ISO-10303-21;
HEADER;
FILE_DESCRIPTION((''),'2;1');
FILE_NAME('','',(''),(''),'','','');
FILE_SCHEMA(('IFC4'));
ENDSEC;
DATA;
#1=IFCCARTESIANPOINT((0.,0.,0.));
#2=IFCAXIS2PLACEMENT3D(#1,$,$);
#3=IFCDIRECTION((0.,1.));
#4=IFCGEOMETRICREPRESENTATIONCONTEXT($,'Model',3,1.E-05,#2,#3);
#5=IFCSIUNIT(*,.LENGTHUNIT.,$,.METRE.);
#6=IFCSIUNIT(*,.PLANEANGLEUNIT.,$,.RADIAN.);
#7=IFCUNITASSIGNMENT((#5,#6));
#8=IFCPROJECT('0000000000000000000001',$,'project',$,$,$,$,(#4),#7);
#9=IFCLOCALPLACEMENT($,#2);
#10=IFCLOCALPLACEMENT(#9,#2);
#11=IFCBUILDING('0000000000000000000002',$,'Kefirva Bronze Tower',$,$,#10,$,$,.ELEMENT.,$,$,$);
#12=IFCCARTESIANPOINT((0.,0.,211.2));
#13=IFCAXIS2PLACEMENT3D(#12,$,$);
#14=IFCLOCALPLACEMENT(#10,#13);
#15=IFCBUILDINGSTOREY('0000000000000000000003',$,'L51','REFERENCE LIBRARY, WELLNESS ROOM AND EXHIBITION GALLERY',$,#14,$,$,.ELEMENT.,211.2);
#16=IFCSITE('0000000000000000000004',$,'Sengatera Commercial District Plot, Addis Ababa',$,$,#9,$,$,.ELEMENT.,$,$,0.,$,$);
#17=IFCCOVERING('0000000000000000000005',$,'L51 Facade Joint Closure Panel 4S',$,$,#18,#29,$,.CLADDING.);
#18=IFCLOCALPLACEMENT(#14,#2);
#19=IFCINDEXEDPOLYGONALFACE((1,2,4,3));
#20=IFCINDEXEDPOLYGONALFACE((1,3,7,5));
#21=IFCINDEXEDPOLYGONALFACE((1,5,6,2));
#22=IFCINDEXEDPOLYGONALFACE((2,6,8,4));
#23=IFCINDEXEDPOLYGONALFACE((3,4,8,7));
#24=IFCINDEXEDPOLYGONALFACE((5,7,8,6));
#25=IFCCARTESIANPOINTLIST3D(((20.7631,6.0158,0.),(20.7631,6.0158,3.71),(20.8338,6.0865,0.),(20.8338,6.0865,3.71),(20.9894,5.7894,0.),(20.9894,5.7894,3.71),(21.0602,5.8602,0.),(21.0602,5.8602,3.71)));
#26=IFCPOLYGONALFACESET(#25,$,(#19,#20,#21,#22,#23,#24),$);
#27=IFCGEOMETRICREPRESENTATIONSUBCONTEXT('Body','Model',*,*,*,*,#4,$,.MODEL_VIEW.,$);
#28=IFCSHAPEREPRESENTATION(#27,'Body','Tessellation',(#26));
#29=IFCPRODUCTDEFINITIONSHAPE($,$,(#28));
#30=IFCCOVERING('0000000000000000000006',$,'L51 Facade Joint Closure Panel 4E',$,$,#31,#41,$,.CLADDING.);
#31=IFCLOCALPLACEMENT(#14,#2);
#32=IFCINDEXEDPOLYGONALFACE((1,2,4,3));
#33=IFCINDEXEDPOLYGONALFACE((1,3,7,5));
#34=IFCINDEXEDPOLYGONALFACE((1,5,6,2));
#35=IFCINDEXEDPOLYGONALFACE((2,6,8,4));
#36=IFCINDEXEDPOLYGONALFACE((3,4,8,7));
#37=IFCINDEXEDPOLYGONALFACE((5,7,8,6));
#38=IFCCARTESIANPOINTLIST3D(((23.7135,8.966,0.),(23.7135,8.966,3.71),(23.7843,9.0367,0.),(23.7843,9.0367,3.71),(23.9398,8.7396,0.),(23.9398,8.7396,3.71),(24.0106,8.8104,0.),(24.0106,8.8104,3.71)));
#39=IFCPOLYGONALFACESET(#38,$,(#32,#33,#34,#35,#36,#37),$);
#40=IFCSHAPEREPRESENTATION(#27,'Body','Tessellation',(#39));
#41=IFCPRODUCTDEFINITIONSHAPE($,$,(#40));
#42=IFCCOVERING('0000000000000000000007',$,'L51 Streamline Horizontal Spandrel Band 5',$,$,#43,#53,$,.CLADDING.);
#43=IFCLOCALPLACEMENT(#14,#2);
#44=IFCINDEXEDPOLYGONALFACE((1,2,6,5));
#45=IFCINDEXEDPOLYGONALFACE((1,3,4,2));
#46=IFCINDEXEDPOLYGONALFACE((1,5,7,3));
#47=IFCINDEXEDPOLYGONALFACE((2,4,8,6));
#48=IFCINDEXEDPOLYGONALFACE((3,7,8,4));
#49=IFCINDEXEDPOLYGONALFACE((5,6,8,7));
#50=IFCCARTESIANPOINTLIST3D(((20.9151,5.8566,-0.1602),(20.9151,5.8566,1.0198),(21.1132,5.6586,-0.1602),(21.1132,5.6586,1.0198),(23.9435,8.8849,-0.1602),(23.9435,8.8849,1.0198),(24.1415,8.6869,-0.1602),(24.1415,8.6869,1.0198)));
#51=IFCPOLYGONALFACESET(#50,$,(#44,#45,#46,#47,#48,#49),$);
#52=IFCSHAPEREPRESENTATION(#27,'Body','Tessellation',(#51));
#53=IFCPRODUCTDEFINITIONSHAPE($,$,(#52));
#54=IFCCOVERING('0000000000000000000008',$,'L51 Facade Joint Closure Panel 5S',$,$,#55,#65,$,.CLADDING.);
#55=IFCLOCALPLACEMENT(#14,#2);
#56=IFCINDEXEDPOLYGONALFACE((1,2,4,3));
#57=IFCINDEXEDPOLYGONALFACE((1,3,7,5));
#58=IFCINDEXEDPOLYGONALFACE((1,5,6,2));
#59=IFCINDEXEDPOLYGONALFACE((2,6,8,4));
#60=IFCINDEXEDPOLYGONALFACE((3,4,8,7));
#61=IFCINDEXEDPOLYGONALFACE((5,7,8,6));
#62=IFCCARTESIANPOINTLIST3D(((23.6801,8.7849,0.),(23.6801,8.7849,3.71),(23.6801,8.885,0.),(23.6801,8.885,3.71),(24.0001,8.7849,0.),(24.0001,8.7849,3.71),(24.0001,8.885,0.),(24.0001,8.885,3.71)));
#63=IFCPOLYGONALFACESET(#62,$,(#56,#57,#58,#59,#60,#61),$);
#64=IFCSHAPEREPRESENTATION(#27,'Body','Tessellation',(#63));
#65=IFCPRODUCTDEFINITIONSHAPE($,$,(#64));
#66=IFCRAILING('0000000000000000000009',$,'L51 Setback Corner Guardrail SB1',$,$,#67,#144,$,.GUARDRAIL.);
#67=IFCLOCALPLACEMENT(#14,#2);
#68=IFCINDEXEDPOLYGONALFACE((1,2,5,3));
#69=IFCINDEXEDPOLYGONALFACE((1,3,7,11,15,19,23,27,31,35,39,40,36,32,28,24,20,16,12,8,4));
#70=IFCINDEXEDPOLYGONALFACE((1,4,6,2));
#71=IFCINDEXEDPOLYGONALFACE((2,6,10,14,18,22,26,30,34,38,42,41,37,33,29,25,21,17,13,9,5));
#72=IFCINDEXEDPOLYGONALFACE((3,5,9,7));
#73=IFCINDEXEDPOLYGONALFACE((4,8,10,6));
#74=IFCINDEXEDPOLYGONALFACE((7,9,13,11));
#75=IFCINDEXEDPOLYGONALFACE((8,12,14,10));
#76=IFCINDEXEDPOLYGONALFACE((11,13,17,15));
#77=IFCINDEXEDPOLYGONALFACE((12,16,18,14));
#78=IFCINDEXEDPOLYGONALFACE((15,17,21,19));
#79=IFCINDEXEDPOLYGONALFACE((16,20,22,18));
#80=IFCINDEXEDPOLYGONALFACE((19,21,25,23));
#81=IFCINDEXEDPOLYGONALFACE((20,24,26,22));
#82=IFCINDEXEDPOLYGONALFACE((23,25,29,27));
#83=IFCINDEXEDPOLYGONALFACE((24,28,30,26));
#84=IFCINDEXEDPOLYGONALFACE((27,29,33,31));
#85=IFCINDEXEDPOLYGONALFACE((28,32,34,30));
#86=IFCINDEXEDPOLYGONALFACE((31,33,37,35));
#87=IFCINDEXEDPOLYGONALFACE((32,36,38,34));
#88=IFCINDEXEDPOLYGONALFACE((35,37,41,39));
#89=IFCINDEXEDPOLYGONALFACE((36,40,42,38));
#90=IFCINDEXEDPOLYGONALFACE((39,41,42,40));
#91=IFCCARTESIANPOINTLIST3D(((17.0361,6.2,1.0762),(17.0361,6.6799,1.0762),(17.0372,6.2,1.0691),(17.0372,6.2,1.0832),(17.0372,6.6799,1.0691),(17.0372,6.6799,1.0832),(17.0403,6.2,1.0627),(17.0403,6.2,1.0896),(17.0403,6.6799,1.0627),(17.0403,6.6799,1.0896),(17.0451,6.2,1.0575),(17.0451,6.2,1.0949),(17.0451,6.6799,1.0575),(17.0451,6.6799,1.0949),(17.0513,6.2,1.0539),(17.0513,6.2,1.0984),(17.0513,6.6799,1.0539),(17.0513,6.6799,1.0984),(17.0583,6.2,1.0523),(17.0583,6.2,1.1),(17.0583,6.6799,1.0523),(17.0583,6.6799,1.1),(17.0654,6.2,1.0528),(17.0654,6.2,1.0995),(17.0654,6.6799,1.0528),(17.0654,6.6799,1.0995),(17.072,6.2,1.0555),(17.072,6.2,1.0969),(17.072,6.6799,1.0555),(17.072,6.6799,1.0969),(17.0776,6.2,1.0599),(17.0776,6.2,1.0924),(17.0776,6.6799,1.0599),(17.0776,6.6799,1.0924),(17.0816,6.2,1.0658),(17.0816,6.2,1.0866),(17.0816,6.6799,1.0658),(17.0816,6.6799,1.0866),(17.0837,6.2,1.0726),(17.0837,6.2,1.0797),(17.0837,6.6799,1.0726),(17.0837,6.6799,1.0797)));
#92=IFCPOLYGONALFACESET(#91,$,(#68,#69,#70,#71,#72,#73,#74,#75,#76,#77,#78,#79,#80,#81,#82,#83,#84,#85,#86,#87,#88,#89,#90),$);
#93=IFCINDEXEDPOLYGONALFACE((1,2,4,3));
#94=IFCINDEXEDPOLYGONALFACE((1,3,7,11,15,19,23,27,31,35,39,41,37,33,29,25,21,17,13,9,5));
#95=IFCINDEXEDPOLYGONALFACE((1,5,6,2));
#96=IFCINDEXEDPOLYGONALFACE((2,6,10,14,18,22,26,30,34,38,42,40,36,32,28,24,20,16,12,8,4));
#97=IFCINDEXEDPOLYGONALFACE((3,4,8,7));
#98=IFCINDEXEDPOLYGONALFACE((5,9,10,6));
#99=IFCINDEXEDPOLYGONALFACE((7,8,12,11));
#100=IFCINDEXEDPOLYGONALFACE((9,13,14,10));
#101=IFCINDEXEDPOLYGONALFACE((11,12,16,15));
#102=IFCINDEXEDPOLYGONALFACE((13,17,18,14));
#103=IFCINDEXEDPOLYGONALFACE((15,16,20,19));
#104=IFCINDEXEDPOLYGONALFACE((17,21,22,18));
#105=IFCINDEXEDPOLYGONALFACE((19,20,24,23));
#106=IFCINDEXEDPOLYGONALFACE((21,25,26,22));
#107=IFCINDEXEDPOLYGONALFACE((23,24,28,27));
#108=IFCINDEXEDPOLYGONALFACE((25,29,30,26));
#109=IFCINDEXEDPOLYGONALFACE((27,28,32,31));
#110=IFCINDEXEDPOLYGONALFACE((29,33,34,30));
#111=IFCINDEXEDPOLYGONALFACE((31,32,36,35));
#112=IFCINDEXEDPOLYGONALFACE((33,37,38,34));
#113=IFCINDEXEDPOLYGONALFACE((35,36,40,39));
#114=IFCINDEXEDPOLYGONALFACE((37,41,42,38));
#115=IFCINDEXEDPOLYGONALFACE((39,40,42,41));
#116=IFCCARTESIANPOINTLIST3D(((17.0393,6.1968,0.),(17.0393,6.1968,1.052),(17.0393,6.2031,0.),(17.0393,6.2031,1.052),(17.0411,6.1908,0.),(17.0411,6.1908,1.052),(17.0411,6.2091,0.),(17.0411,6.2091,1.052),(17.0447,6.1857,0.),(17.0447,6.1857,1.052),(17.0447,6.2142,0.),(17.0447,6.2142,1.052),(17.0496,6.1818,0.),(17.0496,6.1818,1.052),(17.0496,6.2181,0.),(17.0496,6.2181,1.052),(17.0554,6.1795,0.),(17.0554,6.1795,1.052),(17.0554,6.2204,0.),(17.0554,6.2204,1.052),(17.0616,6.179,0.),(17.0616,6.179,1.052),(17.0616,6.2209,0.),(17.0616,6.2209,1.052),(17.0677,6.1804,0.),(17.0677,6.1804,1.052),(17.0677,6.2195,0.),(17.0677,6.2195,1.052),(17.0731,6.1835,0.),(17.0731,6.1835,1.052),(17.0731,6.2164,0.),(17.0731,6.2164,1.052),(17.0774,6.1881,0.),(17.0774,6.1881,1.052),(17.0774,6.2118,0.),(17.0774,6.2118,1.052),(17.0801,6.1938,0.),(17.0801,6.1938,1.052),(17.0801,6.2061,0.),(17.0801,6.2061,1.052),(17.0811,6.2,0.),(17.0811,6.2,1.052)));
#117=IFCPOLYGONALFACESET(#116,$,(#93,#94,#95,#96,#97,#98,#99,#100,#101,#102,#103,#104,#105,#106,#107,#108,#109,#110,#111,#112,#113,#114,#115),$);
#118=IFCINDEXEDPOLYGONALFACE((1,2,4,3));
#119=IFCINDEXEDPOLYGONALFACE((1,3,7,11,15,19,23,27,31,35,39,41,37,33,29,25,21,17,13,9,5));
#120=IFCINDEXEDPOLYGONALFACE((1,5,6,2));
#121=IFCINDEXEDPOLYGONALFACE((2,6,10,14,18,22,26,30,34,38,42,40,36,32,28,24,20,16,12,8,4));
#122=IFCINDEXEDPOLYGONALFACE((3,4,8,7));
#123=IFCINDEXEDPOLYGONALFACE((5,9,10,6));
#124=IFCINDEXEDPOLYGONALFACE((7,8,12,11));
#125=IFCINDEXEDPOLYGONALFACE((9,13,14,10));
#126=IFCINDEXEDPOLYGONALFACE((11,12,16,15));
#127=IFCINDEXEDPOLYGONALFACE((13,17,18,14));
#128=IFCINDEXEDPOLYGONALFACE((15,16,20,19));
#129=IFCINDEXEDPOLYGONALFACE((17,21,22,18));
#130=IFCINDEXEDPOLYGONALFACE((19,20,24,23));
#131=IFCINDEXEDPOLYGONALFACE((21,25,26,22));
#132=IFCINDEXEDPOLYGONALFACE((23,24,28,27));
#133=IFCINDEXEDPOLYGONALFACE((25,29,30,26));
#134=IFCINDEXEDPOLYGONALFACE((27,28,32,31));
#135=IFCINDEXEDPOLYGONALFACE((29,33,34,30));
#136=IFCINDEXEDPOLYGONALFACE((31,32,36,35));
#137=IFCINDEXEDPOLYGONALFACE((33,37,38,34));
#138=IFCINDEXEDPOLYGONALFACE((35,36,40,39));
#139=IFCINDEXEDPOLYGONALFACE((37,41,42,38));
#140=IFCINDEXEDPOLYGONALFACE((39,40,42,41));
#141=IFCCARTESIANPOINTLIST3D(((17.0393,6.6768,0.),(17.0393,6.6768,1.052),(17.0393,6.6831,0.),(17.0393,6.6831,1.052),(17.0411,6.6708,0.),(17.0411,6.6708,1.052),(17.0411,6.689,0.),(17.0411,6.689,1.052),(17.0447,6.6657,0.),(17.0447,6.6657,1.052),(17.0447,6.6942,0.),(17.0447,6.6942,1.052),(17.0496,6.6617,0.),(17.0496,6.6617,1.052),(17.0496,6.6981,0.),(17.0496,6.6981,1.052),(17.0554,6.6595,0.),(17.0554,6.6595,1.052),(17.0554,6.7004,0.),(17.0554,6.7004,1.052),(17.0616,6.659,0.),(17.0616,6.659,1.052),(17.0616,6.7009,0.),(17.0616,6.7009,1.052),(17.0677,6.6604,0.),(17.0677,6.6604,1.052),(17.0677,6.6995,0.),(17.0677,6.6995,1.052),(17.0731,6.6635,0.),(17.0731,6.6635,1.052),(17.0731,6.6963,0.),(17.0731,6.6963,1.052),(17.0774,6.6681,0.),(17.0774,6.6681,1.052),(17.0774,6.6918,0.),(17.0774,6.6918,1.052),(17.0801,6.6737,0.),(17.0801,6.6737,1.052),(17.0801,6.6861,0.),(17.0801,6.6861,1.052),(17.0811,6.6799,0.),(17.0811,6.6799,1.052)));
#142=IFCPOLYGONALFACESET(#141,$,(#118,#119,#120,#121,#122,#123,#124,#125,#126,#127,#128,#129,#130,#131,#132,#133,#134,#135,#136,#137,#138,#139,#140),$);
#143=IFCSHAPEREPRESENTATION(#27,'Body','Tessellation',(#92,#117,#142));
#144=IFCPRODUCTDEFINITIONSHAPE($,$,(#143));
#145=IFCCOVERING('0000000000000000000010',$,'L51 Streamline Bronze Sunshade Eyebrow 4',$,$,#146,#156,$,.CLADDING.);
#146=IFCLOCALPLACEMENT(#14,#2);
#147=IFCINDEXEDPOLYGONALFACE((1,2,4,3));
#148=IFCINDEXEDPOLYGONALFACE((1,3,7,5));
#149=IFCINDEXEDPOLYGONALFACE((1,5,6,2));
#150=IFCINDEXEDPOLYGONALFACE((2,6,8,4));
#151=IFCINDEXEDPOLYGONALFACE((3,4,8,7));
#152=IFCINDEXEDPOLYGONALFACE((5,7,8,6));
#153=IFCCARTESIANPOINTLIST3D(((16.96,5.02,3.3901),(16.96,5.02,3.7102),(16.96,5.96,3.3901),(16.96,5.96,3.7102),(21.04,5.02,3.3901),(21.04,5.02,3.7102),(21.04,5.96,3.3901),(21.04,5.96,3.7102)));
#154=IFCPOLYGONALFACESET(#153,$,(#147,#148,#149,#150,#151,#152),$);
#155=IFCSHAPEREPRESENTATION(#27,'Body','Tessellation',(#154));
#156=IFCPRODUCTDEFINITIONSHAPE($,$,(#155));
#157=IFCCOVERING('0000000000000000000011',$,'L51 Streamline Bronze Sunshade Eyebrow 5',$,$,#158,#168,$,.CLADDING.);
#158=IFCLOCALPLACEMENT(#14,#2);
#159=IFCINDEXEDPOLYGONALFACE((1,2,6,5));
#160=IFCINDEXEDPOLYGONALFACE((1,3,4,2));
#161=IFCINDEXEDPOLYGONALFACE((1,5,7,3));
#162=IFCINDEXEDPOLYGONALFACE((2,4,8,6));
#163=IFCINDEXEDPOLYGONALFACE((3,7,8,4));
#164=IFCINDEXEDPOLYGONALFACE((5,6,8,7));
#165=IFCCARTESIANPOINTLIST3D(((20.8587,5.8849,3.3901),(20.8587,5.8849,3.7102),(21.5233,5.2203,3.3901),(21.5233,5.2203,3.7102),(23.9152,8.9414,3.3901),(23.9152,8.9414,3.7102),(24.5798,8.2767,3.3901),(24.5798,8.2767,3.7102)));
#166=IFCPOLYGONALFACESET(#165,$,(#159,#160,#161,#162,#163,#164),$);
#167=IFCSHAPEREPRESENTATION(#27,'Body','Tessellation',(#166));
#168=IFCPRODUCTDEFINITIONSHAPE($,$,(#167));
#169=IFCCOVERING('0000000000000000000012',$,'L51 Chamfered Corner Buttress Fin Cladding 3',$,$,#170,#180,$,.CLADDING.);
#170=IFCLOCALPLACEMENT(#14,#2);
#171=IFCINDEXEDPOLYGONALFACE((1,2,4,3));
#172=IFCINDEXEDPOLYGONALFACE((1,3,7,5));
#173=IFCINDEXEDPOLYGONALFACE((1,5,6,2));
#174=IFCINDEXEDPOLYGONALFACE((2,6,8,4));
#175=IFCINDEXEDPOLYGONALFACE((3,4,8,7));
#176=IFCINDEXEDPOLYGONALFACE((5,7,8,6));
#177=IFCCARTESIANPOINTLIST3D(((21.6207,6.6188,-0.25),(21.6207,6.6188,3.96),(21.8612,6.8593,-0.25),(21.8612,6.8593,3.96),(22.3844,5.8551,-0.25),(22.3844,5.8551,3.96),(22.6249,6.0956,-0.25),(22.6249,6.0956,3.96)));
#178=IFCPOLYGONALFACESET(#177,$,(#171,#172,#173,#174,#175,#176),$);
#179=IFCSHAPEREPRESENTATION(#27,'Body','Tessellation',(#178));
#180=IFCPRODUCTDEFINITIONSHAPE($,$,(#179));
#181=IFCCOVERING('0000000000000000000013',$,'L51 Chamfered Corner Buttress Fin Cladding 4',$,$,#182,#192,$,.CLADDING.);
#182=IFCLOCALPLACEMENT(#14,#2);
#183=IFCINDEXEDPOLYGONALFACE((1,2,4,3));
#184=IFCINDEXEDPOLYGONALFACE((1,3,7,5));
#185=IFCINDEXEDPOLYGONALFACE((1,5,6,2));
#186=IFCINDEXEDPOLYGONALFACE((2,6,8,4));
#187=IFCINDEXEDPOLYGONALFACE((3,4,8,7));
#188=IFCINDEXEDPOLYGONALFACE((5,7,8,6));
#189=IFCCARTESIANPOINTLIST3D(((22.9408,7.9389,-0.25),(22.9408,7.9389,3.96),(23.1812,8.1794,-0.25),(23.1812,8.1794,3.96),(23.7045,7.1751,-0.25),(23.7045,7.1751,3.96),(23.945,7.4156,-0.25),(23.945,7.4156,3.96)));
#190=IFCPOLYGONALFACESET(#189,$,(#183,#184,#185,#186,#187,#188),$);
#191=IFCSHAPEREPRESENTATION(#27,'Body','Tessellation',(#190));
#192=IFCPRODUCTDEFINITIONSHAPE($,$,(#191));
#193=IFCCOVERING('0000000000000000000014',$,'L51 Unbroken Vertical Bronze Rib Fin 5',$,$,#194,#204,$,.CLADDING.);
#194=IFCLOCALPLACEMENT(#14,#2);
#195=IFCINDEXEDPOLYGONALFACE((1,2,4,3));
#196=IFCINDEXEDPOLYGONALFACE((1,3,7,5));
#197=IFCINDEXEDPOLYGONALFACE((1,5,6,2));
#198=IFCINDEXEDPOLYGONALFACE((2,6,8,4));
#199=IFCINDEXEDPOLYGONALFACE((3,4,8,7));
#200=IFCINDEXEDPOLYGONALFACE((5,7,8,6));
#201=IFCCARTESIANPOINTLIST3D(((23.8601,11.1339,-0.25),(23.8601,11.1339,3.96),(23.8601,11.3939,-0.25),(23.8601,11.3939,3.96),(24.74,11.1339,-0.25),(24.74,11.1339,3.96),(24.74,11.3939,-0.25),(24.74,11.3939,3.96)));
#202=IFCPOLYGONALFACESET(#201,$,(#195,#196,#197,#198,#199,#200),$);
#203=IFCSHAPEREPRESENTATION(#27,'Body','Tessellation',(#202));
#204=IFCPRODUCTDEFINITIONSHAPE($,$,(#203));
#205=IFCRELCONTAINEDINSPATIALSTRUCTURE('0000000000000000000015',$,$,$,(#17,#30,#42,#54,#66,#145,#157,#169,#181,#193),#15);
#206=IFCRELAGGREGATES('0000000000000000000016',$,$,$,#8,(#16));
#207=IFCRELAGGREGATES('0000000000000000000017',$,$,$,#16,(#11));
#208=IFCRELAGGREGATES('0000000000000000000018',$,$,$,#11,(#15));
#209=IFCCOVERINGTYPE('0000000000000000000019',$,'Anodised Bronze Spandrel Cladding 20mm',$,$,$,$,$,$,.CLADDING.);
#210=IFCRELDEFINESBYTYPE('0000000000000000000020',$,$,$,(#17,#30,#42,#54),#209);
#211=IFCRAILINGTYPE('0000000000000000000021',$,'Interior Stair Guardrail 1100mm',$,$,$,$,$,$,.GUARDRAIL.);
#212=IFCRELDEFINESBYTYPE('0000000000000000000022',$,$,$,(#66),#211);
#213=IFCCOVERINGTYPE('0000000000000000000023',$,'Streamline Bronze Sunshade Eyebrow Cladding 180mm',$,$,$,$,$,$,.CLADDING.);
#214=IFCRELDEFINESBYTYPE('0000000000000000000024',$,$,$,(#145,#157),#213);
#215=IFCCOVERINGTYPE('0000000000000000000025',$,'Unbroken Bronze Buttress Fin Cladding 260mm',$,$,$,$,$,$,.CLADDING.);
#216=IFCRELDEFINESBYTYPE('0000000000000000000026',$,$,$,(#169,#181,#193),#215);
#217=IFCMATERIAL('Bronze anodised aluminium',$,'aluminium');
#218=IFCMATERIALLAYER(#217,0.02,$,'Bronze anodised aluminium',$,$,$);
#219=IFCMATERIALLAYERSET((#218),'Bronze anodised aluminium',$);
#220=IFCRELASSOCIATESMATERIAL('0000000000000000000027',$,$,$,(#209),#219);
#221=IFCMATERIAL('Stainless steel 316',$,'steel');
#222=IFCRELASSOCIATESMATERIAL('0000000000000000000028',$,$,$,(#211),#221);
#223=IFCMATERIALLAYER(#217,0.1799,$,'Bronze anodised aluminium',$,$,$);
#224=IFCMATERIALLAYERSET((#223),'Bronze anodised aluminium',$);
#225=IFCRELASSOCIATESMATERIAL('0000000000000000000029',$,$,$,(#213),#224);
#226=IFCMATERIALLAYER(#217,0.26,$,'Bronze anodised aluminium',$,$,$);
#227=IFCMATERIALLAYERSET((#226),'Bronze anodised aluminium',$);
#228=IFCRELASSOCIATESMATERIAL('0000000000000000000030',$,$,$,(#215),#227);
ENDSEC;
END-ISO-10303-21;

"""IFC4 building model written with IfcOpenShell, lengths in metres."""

from ifc_helpers import new_model, si_unit, direction, frame, origin, origin_2d, place, context, subcontext, project, spatial, rectangle, circle, extrude, material, layer, layer_set, type_object, element, save


model = new_model("IFC4")

# Units and contexts
model_context = context("Model", 3, precision=1e-05, world=origin(), true_north=direction((0.0, 1.0)))
body_context = subcontext(model_context, "Body", "Model", "MODEL_VIEW")
ifc_project = project(units=[si_unit("LENGTHUNIT", "METRE"), si_unit("PLANEANGLEUNIT", "RADIAN")], contexts=[model_context])

# Site, building, storey
site_placement = place(None, origin())
site = spatial("IfcSite", under=ifc_project, at=site_placement, Name="Sengatera Commercial District Plot, Addis Ababa", CompositionType="ELEMENT", RefElevation=0.0)
building_placement = place(site_placement, origin())
building = spatial("IfcBuilding", under=site, at=building_placement, Name="Kefirva Bronze Tower", CompositionType="ELEMENT")
storey_placement = place(building_placement, frame((0.0, 0.0, 211.2)))
storey = spatial("IfcBuildingStorey", under=building, at=storey_placement, Name="L51", Description="REFERENCE LIBRARY, WELLNESS ROOM AND EXHIBITION GALLERY", CompositionType="ELEMENT", Elevation=211.2)

# Coverings
ifc_material_1 = material(Name="Bronze anodised aluminium", Category="aluminium")
ifc_layer_1 = layer(ifc_material_1, 0.02, Name="Bronze anodised aluminium")
ifc_layer_set_1 = layer_set([ifc_layer_1], Name="Bronze anodised aluminium")
covering_type_1 = type_object("IfcCoveringType", Name="Anodised Bronze Spandrel Cladding 20mm", PredefinedType="CLADDING", material=ifc_layer_set_1)
for number, where, z_axis, x_axis, name in (
    (1, (20.9116, 5.938, 0.0), (0.0, 0.0, 1.0), (0.707107, 0.707107, 0.0), "L51 Facade Joint Closure Panel 4S"),
    (2, (23.8621, 8.8882, 0.0), (0.0, 0.0, 1.0), (0.707107, 0.707107, 0.0), "L51 Facade Joint Closure Panel 4E"),
):
    element("IfcCovering", number, at=place(storey_placement, frame(where, z_axis=z_axis, x_axis=x_axis)), inside=storey, type_object=covering_type_1, Name=name, PredefinedType="CLADDING", context=body_context, shape_type="SweptSolid", body=[
        extrude(rectangle(XDim=0.1001, YDim=0.3201, at=origin_2d()), origin(), (0.0, 0.0, 1.0), 3.71),
    ])
covering_1_placement = place(storey_placement, frame((22.5283, 7.2717, -0.1602), z_axis=(0.0, 0.0, 1.0), x_axis=(0.707107, 0.707107, 0.0)))
element("IfcCovering", 3, at=covering_1_placement, inside=storey, type_object=covering_type_1, Name="L51 Streamline Horizontal Spandrel Band 5", PredefinedType="CLADDING", context=body_context, shape_type="SweptSolid", body=[
    extrude(rectangle(XDim=4.2827, YDim=0.28, at=origin_2d()), origin(), (0.0, 0.0, 1.0), 1.1799),
])
covering_2_placement = place(storey_placement, frame((23.8401, 8.835, 0.0), z_axis=(0.0, 0.0, 1.0), x_axis=(0.0, 1.0, 0.0)))
element("IfcCovering", 4, at=covering_2_placement, inside=storey, type_object=covering_type_1, Name="L51 Facade Joint Closure Panel 5S", PredefinedType="CLADDING", context=body_context, shape_type="SweptSolid", body=[
    extrude(rectangle(XDim=0.1001, YDim=0.3201, at=origin_2d()), origin(), (0.0, 0.0, 1.0), 3.71),
])

# Railing
ifc_material_2 = material(Name="Stainless steel 316", Category="steel")
railing_type = type_object("IfcRailingType", Name="Interior Stair Guardrail 1100mm", PredefinedType="GUARDRAIL", material=ifc_material_2)
railing_placement = place(storey_placement, frame((17.0601, 6.2, 0.0)))
element("IfcRailing", 5, at=railing_placement, inside=storey, type_object=railing_type, Name="L51 Setback Corner Guardrail SB1", PredefinedType="GUARDRAIL", context=body_context, shape_type="SweptSolid", body=[
    extrude(circle(Radius=0.0239, at=origin_2d()), frame((0.0, 0.0, 1.0762), z_axis=(0.0, 1.0, 0.0), x_axis=(-1.0, 0.0, 0.0)), (0.0, 0.0, 1.0), 0.48),
    extrude(circle(Radius=0.021, at=origin_2d()), origin(), (0.0, 0.0, 1.0), 1.052),
    extrude(circle(Radius=0.021, at=origin_2d()), frame((0.0, 0.48, 0.0)), (0.0, 0.0, 1.0), 1.052),
])

# Coverings
ifc_layer_2 = layer(ifc_material_1, 0.1799, Name="Bronze anodised aluminium")
ifc_layer_set_2 = layer_set([ifc_layer_2], Name="Bronze anodised aluminium")
covering_type_2 = type_object("IfcCoveringType", Name="Streamline Bronze Sunshade Eyebrow Cladding 180mm", PredefinedType="CLADDING", material=ifc_layer_set_2)
covering_3_placement = place(storey_placement, frame((19.0, 5.49, 3.3901), z_axis=(0.0, 0.0, 1.0), x_axis=(1.0, 0.0, 0.0)))
element("IfcCovering", 6, at=covering_3_placement, inside=storey, type_object=covering_type_2, Name="L51 Streamline Bronze Sunshade Eyebrow 4", PredefinedType="CLADDING", context=body_context, shape_type="SweptSolid", body=[
    extrude(rectangle(XDim=4.0801, YDim=0.9399, at=origin_2d()), origin(), (0.0, 0.0, 1.0), 0.3201),
])
covering_4_placement = place(storey_placement, frame((22.7192, 7.0808, 3.3901), z_axis=(0.0, 0.0, 1.0), x_axis=(0.707107, 0.707107, 0.0)))
element("IfcCovering", 7, at=covering_4_placement, inside=storey, type_object=covering_type_2, Name="L51 Streamline Bronze Sunshade Eyebrow 5", PredefinedType="CLADDING", context=body_context, shape_type="SweptSolid", body=[
    extrude(rectangle(XDim=4.3225, YDim=0.9399, at=origin_2d()), origin(), (0.0, 0.0, 1.0), 0.3201),
])
ifc_layer_3 = layer(ifc_material_1, 0.26, Name="Bronze anodised aluminium")
ifc_layer_set_3 = layer_set([ifc_layer_3], Name="Bronze anodised aluminium")
covering_type_3 = type_object("IfcCoveringType", Name="Unbroken Bronze Buttress Fin Cladding 260mm", PredefinedType="CLADDING", material=ifc_layer_set_3)
for number, where, z_axis, x_axis, name in (
    (8, (22.1228, 6.3572, -0.25), (0.0, 0.0, 1.0), (0.707107, 0.707107, 0.0), "L51 Chamfered Corner Buttress Fin Cladding 3"),
    (9, (23.4429, 7.6772, -0.25), (0.0, 0.0, 1.0), (0.707107, 0.707107, 0.0), "L51 Chamfered Corner Buttress Fin Cladding 4"),
):
    element("IfcCovering", number, at=place(storey_placement, frame(where, z_axis=z_axis, x_axis=x_axis)), inside=storey, type_object=covering_type_3, Name=name, PredefinedType="CLADDING", context=body_context, shape_type="SweptSolid", body=[
        extrude(rectangle(XDim=0.3401, YDim=1.0801, at=origin_2d()), origin(), (0.0, 0.0, 1.0), 4.21),
    ])
covering_5_placement = place(storey_placement, frame((24.3, 11.2639, -0.25), z_axis=(0.0, 0.0, 1.0), x_axis=(0.0, 1.0, 0.0)))
element("IfcCovering", 10, at=covering_5_placement, inside=storey, type_object=covering_type_3, Name="L51 Unbroken Vertical Bronze Rib Fin 5", PredefinedType="CLADDING", context=body_context, shape_type="SweptSolid", body=[
    extrude(rectangle(XDim=0.26, YDim=0.8799, at=origin_2d()), origin(), (0.0, 0.0, 1.0), 4.21),
])

save(model, "model.ifc")
